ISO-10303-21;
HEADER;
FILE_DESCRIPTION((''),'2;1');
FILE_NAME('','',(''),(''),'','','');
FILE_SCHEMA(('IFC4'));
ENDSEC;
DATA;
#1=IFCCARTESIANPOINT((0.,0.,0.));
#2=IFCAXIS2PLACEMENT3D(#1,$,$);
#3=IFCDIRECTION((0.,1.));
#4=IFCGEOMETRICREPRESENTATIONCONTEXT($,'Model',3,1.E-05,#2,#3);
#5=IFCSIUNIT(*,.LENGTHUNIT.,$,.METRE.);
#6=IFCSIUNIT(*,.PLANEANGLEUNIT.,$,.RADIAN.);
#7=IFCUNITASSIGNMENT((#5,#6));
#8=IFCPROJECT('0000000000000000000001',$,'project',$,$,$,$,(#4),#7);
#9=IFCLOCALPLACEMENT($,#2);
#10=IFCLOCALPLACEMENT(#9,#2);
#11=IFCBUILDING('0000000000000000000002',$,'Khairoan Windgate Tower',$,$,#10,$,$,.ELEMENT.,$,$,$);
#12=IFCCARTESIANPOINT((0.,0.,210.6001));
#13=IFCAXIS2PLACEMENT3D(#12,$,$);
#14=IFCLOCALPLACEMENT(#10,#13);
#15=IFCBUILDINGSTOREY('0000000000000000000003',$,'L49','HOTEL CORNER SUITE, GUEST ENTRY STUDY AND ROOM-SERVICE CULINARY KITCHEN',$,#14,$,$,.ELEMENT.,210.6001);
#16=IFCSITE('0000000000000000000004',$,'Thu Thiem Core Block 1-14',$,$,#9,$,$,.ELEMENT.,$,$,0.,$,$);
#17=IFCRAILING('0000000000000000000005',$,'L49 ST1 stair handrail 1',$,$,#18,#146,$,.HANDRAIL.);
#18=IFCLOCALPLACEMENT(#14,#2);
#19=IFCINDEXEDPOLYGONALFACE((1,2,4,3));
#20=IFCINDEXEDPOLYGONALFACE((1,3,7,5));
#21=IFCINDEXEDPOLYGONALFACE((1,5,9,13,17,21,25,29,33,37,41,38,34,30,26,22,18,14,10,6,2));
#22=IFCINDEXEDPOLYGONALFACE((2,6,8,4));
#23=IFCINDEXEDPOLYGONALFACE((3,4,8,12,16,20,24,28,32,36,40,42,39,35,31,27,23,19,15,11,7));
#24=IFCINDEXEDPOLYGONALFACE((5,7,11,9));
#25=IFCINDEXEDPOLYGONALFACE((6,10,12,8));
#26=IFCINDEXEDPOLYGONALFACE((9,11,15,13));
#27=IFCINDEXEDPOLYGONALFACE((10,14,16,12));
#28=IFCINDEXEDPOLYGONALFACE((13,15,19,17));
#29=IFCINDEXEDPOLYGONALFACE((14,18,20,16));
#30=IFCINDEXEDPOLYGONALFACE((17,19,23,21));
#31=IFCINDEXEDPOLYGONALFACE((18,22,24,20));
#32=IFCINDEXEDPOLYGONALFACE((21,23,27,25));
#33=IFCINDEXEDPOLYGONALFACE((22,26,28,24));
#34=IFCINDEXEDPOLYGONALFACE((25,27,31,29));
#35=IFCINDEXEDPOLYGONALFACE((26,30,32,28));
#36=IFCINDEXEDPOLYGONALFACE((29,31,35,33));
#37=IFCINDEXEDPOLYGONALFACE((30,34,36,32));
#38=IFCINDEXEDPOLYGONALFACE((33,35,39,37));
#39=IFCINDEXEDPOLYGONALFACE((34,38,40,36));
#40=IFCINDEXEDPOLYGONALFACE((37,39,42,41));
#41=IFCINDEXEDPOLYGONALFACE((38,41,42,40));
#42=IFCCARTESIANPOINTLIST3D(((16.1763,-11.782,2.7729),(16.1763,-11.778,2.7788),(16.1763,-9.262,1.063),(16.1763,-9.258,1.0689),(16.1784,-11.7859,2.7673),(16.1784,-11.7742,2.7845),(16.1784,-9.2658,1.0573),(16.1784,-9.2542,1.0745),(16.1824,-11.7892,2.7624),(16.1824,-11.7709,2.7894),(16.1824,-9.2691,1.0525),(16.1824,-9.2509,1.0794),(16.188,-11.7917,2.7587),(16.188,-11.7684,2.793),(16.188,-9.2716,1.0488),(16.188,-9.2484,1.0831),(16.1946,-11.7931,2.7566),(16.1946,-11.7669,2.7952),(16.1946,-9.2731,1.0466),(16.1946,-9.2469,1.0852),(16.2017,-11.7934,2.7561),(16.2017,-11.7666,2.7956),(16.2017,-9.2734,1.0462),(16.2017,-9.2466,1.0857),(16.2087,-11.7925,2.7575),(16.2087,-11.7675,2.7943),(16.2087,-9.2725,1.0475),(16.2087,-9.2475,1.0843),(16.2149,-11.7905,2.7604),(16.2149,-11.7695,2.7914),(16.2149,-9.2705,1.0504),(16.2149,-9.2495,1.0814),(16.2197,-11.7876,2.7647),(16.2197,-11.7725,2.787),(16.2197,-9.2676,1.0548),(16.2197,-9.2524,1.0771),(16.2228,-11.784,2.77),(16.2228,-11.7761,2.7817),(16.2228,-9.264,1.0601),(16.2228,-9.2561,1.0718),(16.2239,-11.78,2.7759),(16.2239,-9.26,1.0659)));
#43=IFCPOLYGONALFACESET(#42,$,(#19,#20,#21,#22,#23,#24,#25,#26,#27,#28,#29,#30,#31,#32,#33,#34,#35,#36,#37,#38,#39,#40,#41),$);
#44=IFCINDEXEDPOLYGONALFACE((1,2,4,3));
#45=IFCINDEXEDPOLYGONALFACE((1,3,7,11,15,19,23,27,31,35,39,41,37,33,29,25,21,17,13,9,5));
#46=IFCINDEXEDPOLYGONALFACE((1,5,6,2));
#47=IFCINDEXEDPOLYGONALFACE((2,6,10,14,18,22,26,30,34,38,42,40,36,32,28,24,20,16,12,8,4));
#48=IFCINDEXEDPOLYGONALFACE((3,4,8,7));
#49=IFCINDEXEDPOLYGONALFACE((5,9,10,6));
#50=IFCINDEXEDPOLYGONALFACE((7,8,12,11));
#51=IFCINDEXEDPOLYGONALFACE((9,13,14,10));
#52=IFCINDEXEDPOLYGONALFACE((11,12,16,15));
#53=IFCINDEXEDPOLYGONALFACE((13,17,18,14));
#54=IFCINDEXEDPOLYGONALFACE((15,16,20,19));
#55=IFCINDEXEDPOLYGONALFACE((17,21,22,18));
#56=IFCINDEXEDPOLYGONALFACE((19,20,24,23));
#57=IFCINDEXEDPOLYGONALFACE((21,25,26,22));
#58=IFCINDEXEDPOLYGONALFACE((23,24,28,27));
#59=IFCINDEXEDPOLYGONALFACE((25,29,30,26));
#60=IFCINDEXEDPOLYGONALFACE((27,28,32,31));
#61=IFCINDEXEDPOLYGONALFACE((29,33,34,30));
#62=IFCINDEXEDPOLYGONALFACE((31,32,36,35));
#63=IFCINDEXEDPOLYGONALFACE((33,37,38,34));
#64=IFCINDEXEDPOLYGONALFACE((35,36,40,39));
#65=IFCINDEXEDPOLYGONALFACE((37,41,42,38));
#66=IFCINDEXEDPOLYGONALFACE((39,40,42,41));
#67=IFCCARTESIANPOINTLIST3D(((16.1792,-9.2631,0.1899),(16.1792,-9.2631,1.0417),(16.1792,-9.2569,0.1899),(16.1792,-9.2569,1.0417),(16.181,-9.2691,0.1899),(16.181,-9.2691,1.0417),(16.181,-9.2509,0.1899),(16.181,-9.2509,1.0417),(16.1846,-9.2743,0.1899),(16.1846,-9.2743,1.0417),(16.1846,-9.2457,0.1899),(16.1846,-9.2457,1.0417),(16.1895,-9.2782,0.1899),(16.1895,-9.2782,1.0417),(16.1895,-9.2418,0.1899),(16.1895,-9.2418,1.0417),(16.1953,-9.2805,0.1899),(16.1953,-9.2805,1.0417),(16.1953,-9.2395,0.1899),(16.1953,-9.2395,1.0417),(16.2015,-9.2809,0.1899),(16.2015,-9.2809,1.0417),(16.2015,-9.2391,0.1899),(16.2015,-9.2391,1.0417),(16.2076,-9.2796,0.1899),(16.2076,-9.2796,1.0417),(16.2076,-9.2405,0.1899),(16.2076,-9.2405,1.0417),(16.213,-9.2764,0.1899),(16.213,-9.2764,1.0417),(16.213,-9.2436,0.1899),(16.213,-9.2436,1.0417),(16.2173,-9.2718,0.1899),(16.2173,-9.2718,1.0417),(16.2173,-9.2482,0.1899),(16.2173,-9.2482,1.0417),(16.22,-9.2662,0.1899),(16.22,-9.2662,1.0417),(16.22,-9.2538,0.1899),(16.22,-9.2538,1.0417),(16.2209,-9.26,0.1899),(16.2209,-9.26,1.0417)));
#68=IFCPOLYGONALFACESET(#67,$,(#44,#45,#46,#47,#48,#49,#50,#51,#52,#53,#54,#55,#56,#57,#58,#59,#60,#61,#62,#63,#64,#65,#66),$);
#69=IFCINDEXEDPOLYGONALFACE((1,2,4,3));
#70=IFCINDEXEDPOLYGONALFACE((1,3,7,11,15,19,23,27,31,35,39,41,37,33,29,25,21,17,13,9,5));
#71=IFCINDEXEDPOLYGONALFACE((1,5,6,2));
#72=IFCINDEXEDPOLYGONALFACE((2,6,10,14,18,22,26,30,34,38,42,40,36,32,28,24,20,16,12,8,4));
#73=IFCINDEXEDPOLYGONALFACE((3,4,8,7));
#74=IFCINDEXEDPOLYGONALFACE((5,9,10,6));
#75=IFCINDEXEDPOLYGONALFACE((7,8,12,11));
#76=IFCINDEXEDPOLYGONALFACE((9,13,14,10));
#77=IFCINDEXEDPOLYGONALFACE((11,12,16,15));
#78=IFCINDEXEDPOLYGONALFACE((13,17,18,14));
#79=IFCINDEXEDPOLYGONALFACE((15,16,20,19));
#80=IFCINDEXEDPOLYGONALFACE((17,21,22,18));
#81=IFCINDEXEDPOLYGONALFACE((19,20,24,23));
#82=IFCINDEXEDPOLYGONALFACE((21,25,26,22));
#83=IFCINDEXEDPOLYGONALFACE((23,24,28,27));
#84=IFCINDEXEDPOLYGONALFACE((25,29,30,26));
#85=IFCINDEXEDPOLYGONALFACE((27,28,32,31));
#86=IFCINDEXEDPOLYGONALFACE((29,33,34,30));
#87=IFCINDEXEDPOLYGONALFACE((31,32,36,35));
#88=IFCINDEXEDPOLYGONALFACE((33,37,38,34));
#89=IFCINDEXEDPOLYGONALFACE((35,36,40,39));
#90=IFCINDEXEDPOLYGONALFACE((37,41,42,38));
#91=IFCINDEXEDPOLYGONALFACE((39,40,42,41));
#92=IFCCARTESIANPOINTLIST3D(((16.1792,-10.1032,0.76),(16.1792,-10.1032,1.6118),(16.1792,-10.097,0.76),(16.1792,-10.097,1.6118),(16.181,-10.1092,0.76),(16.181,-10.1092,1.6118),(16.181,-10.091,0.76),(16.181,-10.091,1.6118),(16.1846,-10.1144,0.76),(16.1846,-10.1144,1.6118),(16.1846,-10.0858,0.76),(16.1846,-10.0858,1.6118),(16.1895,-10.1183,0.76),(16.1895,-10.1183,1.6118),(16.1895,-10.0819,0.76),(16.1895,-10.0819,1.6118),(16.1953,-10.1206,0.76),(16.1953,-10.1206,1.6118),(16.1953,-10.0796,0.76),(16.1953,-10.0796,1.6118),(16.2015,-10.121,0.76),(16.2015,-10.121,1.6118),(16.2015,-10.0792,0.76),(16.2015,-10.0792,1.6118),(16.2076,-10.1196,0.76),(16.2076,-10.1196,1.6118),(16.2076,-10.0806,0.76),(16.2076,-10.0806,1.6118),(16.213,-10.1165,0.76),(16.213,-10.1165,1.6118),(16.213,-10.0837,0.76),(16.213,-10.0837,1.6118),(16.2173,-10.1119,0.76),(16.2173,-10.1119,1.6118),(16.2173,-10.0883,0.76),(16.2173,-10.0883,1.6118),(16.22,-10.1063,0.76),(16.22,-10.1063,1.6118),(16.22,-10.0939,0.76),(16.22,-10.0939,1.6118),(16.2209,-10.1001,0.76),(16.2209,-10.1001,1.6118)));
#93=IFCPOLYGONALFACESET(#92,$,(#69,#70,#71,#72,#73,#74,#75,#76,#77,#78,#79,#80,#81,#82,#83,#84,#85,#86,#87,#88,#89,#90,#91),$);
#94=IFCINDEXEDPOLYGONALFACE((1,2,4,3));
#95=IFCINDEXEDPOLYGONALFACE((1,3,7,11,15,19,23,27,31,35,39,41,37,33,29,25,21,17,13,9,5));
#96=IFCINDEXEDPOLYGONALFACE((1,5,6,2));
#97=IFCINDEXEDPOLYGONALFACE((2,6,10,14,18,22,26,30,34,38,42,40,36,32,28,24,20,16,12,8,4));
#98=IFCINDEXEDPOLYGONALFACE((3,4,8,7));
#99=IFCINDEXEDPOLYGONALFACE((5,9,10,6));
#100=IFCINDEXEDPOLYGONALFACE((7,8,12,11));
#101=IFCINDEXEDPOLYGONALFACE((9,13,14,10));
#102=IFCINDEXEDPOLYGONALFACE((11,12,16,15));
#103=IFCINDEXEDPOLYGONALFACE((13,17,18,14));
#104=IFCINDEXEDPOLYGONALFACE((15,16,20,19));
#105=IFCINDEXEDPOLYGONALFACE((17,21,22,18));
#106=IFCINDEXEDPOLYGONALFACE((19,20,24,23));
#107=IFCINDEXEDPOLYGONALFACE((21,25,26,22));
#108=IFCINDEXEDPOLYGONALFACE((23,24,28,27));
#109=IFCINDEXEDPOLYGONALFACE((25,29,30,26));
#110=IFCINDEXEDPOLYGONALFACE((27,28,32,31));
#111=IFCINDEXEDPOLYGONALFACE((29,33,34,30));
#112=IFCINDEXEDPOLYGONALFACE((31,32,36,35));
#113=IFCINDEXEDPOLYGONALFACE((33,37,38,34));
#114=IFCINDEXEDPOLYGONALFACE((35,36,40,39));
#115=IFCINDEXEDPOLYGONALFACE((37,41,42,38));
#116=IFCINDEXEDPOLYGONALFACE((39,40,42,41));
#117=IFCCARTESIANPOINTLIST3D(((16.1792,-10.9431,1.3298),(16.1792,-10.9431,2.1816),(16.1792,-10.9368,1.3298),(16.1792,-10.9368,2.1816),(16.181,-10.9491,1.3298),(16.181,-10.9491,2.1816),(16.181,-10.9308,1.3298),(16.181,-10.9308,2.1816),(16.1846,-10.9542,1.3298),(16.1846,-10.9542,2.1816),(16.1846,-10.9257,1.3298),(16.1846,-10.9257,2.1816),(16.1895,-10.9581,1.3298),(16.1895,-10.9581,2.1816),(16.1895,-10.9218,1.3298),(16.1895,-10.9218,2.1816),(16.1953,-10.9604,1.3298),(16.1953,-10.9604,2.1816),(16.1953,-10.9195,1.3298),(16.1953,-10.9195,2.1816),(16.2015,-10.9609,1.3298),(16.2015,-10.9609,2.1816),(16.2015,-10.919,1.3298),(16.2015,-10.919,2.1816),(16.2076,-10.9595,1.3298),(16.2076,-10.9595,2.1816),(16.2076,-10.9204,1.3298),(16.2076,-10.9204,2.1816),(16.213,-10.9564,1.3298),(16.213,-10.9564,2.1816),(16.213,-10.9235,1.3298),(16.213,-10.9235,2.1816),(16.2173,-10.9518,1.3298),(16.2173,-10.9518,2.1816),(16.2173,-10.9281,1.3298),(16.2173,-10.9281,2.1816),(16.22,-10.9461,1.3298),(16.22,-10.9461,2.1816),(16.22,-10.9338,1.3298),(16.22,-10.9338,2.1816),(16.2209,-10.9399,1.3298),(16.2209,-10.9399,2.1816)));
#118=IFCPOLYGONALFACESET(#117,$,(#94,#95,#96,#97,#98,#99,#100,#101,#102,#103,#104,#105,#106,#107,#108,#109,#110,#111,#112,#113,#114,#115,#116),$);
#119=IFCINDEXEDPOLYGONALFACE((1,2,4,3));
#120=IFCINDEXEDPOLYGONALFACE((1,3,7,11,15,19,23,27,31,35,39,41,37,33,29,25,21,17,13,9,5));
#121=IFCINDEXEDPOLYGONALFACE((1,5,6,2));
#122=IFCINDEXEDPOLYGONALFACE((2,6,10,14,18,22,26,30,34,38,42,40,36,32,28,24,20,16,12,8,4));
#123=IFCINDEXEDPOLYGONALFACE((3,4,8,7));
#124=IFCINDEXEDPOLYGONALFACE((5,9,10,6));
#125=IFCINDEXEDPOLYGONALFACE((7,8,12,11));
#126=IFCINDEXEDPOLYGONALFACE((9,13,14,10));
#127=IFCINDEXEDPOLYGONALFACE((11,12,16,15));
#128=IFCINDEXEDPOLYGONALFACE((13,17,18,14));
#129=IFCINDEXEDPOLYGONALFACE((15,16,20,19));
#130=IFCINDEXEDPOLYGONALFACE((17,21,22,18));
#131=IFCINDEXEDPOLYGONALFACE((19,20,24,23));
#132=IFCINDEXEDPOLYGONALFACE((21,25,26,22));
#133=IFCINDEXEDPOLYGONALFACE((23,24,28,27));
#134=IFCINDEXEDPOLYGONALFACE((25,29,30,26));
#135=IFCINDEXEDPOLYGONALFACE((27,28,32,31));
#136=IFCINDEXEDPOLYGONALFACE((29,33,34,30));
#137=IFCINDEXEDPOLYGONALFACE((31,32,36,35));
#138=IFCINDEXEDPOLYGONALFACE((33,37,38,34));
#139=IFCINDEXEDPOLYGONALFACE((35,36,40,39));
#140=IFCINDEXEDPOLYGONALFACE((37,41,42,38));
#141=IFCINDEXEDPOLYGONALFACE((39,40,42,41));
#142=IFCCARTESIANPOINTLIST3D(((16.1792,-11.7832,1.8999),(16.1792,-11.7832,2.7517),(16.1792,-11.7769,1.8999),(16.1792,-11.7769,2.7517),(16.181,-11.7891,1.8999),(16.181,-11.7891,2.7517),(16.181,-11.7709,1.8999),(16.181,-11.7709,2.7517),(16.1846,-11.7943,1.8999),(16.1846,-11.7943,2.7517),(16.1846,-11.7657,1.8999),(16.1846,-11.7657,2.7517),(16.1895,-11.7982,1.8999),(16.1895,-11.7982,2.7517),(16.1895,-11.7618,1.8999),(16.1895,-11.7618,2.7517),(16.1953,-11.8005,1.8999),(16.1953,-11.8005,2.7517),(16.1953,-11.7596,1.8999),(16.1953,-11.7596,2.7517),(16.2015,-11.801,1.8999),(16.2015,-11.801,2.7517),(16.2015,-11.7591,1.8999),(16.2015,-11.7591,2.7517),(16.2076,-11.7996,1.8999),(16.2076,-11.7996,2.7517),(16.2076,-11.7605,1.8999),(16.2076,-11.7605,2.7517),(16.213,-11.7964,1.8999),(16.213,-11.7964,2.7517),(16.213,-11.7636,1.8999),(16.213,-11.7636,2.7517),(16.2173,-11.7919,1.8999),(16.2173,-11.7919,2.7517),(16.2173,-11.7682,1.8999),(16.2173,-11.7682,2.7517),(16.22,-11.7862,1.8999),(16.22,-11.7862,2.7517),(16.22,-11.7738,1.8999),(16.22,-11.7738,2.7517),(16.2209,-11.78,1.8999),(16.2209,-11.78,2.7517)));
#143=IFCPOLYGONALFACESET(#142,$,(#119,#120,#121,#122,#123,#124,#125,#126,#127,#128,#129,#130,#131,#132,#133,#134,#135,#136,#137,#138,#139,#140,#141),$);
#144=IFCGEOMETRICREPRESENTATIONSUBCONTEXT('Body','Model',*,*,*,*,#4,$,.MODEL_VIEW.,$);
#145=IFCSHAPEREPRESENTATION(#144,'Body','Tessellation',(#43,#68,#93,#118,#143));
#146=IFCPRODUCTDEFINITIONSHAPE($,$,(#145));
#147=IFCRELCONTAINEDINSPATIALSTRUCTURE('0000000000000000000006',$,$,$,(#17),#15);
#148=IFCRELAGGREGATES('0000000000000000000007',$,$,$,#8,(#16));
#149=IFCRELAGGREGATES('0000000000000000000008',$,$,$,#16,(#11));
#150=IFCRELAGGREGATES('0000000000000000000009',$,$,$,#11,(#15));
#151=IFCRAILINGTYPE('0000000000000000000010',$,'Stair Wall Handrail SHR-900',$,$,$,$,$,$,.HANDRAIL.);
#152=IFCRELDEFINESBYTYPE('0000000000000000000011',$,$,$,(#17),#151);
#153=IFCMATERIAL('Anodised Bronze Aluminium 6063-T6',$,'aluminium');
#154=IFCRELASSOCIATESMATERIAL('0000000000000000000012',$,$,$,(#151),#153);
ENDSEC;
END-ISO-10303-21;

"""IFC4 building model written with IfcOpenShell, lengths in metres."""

from ifc_helpers import new_model, si_unit, direction, frame, origin, origin_2d, place, context, subcontext, project, spatial, circle, extrude, material, type_object, element, save


model = new_model("IFC4")

# Units and contexts
model_context = context("Model", 3, precision=1e-05, world=origin(), true_north=direction((0.0, 1.0)))
body_context = subcontext(model_context, "Body", "Model", "MODEL_VIEW")
ifc_project = project(units=[si_unit("LENGTHUNIT", "METRE"), si_unit("PLANEANGLEUNIT", "RADIAN")], contexts=[model_context])

# Site, building, storey
site_placement = place(None, origin())
site = spatial("IfcSite", under=ifc_project, at=site_placement, Name="Thu Thiem Core Block 1-14", CompositionType="ELEMENT", RefElevation=0.0)
building_placement = place(site_placement, origin())
building = spatial("IfcBuilding", under=site, at=building_placement, Name="Khairoan Windgate Tower", CompositionType="ELEMENT")
storey_placement = place(building_placement, frame((0.0, 0.0, 210.6001)))
storey = spatial("IfcBuildingStorey", under=building, at=storey_placement, Name="L49", Description="HOTEL CORNER SUITE, GUEST ENTRY STUDY AND ROOM-SERVICE CULINARY KITCHEN", CompositionType="ELEMENT", Elevation=210.6001)

# Railing
ifc_material_1 = material(Name="Anodised Bronze Aluminium 6063-T6", Category="aluminium")
railing_type_1 = type_object("IfcRailingType", Name="Stair Wall Handrail SHR-900", PredefinedType="HANDRAIL", material=ifc_material_1)
railing_1_placement = place(storey_placement, frame((16.2, -9.26, 0.1899)))
element("IfcRailing", 1, at=railing_1_placement, inside=storey, type_object=railing_type_1, Name="L49 ST1 stair handrail 1", PredefinedType="HANDRAIL", context=body_context, shape_type="SweptSolid", body=[
    extrude(circle(Radius=0.0239, at=origin_2d()), frame((0.0, 0.0, 0.876), z_axis=(0.0, -0.827484, 0.56149), x_axis=(1.0, 0.0, 0.0)), (0.0, 0.0, 1.0), 3.0454),
    extrude(circle(Radius=0.021, at=origin_2d()), origin(), (0.0, 0.0, 1.0), 0.8518),
    extrude(circle(Radius=0.021, at=origin_2d()), frame((0.0, -0.8401, 0.5701)), (0.0, 0.0, 1.0), 0.8518),
    extrude(circle(Radius=0.021, at=origin_2d()), frame((0.0, -1.6799, 1.1399)), (0.0, 0.0, 1.0), 0.8518),
    extrude(circle(Radius=0.021, at=origin_2d()), frame((0.0, -2.52, 1.71)), (0.0, 0.0, 1.0), 0.8518),
])

save(model, "model.ifc")
